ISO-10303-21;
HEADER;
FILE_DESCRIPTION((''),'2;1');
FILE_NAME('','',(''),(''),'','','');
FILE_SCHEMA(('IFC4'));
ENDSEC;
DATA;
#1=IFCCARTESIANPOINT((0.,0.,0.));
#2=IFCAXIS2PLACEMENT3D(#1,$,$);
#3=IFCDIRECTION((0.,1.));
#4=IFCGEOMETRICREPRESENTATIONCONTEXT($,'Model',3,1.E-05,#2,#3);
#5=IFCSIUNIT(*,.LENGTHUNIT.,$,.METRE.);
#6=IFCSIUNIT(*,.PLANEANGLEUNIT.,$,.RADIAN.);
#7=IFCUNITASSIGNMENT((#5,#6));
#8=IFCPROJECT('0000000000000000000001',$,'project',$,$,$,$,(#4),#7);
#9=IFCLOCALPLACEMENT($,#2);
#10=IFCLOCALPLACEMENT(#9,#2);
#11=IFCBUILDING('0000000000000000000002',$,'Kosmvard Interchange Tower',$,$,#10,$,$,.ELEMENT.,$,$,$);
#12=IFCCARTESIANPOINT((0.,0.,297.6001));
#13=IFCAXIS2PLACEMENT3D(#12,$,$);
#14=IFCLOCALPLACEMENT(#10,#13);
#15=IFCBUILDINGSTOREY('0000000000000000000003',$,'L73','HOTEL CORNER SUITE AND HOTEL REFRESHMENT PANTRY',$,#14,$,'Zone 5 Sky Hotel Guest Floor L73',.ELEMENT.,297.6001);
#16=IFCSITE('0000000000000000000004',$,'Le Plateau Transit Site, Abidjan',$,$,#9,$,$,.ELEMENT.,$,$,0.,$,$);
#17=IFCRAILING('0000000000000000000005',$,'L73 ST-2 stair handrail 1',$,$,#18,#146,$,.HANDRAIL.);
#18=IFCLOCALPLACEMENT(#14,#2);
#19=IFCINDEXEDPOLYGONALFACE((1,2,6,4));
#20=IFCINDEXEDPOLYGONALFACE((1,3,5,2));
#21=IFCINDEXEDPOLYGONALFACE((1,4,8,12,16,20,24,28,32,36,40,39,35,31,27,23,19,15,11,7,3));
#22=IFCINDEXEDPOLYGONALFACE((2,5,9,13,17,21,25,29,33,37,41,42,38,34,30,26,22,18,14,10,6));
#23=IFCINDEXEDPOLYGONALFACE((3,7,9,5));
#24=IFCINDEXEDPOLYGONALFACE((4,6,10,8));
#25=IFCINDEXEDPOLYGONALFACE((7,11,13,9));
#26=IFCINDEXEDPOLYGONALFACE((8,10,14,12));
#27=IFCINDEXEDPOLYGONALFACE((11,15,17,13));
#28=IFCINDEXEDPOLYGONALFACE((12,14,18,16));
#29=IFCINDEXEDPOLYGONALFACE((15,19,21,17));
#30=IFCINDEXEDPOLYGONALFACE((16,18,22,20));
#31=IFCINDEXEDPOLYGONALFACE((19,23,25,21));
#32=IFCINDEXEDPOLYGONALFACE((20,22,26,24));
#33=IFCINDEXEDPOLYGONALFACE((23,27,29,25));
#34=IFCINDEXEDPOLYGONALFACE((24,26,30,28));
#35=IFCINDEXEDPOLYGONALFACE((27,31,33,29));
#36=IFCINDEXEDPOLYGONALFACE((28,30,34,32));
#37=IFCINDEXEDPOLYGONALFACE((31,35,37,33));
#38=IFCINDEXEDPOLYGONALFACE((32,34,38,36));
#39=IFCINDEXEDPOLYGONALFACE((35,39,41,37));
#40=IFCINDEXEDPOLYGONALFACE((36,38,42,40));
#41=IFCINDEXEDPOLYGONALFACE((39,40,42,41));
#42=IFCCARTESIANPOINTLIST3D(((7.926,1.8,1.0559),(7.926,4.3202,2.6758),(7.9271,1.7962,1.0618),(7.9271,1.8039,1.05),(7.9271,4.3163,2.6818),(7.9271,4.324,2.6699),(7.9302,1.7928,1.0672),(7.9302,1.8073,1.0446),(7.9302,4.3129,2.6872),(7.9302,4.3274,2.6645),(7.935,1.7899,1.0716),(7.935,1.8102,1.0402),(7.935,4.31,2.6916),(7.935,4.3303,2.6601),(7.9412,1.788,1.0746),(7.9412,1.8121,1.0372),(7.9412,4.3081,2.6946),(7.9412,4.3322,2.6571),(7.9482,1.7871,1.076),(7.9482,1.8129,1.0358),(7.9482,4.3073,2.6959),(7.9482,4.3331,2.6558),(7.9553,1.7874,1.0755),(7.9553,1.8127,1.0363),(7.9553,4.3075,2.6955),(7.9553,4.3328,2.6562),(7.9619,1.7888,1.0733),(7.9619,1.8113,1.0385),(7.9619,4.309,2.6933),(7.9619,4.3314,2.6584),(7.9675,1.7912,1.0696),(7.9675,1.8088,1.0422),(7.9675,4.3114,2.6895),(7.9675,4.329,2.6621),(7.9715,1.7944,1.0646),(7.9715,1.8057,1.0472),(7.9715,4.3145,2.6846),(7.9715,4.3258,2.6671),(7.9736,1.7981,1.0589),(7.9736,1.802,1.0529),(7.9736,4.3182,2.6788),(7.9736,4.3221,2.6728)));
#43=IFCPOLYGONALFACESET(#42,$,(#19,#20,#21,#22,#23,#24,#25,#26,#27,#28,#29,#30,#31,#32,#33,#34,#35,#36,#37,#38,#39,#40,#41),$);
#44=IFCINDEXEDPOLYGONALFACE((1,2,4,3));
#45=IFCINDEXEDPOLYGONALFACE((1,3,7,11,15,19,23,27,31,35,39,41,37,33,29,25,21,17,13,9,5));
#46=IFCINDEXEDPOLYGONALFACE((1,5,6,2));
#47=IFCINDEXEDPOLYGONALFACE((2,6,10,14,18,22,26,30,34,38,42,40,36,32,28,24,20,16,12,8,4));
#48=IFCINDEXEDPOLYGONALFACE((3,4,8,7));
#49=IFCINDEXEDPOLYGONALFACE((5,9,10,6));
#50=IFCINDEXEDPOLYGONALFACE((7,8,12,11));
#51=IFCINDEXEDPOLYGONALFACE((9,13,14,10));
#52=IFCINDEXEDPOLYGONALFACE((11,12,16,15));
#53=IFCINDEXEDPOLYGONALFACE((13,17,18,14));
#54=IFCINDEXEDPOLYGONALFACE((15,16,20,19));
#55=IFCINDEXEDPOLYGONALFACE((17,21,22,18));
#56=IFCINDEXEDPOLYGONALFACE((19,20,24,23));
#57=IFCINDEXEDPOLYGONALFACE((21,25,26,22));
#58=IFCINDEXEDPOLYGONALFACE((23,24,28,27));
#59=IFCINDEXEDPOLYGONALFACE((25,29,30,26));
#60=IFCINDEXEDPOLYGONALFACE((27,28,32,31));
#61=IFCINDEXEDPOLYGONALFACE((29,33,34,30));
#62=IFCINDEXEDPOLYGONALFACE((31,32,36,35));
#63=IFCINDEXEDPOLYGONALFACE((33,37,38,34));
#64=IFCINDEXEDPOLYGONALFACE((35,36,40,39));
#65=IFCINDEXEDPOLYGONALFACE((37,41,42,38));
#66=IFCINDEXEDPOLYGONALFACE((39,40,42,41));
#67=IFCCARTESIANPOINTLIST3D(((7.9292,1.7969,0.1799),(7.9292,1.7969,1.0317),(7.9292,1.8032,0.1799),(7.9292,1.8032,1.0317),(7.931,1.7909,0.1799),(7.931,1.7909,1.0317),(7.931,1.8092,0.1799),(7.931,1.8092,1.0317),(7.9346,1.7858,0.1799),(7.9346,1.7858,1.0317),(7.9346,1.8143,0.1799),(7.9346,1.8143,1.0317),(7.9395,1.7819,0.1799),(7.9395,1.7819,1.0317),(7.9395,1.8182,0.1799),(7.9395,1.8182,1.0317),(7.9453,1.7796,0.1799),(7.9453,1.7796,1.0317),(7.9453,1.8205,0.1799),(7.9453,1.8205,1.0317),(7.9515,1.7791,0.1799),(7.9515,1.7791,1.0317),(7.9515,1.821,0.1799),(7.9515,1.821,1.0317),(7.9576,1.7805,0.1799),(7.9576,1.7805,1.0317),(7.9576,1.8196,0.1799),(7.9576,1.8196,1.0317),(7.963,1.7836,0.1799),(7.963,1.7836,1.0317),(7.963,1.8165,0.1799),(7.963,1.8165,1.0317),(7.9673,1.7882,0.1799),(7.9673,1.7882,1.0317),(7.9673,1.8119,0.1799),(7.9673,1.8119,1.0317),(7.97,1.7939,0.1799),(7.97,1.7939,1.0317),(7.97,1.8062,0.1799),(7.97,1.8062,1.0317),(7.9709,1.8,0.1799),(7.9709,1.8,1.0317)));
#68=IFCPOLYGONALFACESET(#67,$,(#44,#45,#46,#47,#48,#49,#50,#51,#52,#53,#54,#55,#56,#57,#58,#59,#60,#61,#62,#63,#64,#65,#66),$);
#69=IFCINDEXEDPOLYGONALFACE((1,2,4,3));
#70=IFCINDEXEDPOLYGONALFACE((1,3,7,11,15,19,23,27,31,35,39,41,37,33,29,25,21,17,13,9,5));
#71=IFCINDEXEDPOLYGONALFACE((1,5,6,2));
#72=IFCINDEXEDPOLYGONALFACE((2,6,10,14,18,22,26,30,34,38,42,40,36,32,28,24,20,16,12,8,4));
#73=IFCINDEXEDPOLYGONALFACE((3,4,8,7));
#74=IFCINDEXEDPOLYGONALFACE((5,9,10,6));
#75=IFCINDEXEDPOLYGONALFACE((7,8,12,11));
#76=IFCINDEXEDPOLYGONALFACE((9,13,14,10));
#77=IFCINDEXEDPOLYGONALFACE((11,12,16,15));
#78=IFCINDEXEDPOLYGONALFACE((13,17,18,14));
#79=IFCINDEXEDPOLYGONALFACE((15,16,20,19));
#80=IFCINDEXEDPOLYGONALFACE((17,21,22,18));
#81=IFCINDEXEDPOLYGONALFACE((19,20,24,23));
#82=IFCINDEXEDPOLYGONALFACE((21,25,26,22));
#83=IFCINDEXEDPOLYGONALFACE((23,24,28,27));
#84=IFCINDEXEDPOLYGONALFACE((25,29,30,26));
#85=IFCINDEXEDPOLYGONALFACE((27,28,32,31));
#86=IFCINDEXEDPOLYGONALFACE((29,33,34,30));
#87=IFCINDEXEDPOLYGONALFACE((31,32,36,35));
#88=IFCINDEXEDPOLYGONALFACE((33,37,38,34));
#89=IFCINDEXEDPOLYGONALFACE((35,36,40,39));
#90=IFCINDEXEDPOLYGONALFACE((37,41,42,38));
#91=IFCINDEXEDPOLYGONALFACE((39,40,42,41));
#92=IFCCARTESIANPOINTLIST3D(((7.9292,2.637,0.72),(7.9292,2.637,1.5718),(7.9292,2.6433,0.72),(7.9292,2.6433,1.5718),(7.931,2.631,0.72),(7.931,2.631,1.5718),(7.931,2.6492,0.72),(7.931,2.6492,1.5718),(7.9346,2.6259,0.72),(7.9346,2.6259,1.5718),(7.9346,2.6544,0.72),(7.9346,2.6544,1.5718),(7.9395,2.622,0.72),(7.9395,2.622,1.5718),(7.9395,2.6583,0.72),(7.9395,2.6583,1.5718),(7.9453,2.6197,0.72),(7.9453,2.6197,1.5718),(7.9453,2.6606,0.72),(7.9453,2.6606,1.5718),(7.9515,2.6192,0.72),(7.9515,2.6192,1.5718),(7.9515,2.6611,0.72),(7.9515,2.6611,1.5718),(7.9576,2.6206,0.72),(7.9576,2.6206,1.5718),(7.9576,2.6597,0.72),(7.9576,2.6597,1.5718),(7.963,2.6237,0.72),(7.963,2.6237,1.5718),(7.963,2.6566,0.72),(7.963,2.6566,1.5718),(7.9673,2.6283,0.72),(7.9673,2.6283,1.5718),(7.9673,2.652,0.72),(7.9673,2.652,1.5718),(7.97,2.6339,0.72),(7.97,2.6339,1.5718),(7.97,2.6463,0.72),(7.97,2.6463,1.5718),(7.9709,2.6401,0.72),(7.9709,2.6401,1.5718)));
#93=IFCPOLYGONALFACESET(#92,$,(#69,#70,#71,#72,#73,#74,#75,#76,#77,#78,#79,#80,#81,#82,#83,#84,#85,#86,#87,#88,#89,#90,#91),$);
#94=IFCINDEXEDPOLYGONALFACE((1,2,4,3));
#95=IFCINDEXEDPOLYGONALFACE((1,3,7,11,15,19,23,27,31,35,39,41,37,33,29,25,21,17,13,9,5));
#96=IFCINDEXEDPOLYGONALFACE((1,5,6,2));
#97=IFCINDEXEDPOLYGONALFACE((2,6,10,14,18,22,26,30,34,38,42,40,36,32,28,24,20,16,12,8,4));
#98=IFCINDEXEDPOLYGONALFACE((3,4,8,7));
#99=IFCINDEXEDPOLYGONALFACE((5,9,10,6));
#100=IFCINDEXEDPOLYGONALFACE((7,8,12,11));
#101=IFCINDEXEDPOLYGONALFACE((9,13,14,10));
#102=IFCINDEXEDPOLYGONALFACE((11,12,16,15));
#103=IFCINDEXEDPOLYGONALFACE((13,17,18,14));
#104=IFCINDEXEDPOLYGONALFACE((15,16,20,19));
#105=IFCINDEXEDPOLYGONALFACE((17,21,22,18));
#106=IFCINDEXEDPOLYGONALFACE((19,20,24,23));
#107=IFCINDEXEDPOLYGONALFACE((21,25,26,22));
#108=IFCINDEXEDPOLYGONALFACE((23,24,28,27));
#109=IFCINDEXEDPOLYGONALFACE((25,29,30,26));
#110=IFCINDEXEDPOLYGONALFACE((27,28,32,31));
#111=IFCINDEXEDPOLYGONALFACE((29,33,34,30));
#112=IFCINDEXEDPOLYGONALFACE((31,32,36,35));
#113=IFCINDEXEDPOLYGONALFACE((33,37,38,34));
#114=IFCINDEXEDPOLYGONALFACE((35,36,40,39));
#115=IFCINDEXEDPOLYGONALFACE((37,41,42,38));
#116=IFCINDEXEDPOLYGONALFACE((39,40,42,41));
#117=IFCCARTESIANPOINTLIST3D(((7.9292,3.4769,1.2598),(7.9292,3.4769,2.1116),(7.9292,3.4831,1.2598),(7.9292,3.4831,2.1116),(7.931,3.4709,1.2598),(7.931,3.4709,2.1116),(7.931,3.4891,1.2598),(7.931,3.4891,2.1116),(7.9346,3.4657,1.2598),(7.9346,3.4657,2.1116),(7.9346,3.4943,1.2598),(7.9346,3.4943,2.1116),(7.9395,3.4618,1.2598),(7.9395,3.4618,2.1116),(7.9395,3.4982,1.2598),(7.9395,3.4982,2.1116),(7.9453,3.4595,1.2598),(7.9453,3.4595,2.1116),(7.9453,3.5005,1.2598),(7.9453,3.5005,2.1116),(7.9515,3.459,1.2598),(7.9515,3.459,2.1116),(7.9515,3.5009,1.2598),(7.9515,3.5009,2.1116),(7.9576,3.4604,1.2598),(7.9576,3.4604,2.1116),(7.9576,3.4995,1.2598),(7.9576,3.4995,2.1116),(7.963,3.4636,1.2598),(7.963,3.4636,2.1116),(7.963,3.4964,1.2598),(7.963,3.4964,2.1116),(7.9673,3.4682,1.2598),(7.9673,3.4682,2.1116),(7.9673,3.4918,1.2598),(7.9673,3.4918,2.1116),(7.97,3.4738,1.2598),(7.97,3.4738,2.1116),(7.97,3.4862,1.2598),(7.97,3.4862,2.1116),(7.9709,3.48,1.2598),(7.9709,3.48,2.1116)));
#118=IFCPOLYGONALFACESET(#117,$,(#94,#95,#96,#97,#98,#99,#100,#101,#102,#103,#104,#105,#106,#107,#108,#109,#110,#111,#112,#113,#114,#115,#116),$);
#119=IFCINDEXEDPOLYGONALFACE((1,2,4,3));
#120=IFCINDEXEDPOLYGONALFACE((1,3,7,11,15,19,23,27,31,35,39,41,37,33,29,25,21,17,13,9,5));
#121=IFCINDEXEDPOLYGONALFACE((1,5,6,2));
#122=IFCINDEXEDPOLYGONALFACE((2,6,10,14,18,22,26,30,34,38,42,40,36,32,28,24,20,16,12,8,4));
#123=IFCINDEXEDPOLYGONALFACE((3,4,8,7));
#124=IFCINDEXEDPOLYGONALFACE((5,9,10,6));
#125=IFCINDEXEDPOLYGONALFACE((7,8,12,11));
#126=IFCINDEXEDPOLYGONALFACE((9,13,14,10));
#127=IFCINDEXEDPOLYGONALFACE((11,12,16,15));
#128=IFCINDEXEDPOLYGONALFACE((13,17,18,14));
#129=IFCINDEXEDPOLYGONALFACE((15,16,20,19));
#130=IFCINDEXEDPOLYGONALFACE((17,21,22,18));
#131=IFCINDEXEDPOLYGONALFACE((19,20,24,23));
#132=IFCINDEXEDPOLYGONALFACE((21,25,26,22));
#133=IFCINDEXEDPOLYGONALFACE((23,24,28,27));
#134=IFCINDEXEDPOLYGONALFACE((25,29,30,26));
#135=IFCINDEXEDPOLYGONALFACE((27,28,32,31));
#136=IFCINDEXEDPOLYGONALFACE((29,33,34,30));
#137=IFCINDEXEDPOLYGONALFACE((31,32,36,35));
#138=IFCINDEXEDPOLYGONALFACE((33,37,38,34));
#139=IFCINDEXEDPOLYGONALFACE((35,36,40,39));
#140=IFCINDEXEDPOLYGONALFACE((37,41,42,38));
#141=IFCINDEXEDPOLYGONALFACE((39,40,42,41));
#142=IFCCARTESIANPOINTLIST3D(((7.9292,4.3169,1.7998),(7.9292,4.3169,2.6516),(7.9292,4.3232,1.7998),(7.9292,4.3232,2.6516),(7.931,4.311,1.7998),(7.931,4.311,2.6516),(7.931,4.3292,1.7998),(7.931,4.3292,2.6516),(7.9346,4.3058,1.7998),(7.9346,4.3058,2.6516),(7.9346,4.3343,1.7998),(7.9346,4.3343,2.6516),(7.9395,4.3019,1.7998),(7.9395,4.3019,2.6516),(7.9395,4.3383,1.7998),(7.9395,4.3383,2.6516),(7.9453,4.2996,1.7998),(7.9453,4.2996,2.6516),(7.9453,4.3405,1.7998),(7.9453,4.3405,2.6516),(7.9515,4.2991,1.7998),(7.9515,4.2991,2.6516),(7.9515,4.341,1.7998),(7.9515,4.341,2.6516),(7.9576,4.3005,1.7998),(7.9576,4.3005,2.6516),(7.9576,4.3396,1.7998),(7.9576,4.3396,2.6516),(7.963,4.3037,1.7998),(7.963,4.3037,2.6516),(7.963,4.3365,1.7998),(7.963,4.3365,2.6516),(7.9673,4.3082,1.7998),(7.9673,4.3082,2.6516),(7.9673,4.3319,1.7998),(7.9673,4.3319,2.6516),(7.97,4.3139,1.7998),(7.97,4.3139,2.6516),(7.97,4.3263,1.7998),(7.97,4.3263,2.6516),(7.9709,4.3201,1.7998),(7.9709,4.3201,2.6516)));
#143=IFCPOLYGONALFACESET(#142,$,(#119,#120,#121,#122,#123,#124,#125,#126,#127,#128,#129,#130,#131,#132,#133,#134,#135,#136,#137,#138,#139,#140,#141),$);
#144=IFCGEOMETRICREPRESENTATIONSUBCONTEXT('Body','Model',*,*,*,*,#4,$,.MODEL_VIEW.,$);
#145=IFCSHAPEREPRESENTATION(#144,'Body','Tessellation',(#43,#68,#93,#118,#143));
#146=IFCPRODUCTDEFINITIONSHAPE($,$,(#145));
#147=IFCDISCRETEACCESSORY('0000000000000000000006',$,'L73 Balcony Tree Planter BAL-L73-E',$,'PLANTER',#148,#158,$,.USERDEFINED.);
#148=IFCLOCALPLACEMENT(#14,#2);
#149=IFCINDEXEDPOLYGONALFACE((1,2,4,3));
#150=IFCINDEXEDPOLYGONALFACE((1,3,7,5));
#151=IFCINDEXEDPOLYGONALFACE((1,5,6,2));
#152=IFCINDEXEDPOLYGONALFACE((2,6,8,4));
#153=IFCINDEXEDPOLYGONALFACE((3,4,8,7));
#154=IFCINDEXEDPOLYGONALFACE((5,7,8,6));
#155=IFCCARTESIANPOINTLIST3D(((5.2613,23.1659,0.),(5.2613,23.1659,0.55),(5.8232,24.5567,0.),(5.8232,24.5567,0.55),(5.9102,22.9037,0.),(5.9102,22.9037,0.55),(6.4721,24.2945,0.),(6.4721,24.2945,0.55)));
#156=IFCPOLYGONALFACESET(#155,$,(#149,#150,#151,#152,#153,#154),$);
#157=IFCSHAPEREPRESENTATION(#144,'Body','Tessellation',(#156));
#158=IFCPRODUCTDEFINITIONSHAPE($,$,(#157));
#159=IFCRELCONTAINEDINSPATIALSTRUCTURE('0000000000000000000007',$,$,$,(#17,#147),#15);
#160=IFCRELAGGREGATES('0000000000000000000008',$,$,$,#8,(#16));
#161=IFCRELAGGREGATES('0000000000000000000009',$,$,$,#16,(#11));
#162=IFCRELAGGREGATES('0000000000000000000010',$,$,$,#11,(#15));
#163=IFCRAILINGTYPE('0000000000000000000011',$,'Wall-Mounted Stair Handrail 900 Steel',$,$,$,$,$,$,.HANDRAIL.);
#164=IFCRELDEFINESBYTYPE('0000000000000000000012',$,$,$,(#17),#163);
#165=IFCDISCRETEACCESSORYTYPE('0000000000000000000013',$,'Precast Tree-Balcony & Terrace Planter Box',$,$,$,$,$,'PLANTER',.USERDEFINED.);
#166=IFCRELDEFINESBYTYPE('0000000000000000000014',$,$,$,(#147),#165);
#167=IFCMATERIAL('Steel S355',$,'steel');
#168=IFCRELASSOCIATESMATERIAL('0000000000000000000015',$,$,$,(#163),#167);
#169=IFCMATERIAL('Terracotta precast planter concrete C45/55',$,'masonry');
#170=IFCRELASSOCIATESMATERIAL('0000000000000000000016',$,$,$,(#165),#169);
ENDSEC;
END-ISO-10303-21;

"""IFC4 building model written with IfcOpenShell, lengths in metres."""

from ifc_helpers import new_model, si_unit, direction, frame, origin, origin_2d, place, context, subcontext, project, spatial, rectangle, circle, extrude, source, transform, mapped, material, type_object, element, save


model = new_model("IFC4")

# Units and contexts
model_context = context("Model", 3, precision=1e-05, world=origin(), true_north=direction((0.0, 1.0)))
body_context = subcontext(model_context, "Body", "Model", "MODEL_VIEW")
ifc_project = project(units=[si_unit("LENGTHUNIT", "METRE"), si_unit("PLANEANGLEUNIT", "RADIAN")], contexts=[model_context])

# Site, building, storey
site_placement = place(None, origin())
site = spatial("IfcSite", under=ifc_project, at=site_placement, Name="Le Plateau Transit Site, Abidjan", CompositionType="ELEMENT", RefElevation=0.0)
building_placement = place(site_placement, origin())
building = spatial("IfcBuilding", under=site, at=building_placement, Name="Kosmvard Interchange Tower", CompositionType="ELEMENT")
storey_placement = place(building_placement, frame((0.0, 0.0, 297.6001)))
storey = spatial("IfcBuildingStorey", under=building, at=storey_placement, Name="L73", Description="HOTEL CORNER SUITE AND HOTEL REFRESHMENT PANTRY", LongName="Zone 5 Sky Hotel Guest Floor L73", CompositionType="ELEMENT", Elevation=297.6001)

# Shared definitions
ifc_material_1 = material(Name="Steel S355", Category="steel")

# Railing
railing_type_1 = type_object("IfcRailingType", Name="Wall-Mounted Stair Handrail 900 Steel", PredefinedType="HANDRAIL", material=ifc_material_1)
shared_shape_1 = source(origin(), body_context, "Body", "SweptSolid", [
    extrude(circle(Radius=0.0239, at=origin_2d()), frame((0.0, 0.0, 0.876), z_axis=(0.0, 0.8412, 0.540725), x_axis=(-1.0, 0.0, 0.0)), (0.0, 0.0, 1.0), 2.9958),
    extrude(circle(Radius=0.021, at=origin_2d()), origin(), (0.0, 0.0, 1.0), 0.8518),
    extrude(circle(Radius=0.021, at=origin_2d()), frame((0.0, 0.8401, 0.54)), (0.0, 0.0, 1.0), 0.8518),
    extrude(circle(Radius=0.021, at=origin_2d()), frame((0.0, 1.6799, 1.0798)), (0.0, 0.0, 1.0), 0.8518),
    extrude(circle(Radius=0.021, at=origin_2d()), frame((0.0, 2.52, 1.6199)), (0.0, 0.0, 1.0), 0.8518),
])
railing_1_placement = place(storey_placement, frame((7.95, 1.8, 0.1799)))
element("IfcRailing", 1, at=railing_1_placement, inside=storey, type_object=railing_type_1, Name="L73 ST-2 stair handrail 1", PredefinedType="HANDRAIL", context=body_context, shape_type="MappedRepresentation", body=[
    mapped(shared_shape_1, transform((0.0, 0.0, 0.0), scale=1.0)),
])

# Discrete accessory
ifc_material_2 = material(Name="Terracotta precast planter concrete C45/55", Category="masonry")
discrete_accessory_type = type_object("IfcDiscreteAccessoryType", Name="Precast Tree-Balcony & Terrace Planter Box", ElementType="PLANTER", PredefinedType="USERDEFINED", material=ifc_material_2)
shared_shape_2 = source(origin(), body_context, "Body", "SweptSolid", [
    extrude(rectangle(XDim=1.5, YDim=0.7, at=origin_2d()), origin(), (0.0, 0.0, 1.0), 0.55),
])
discrete_accessory_placement = place(storey_placement, frame((5.8667, 23.7302, 0.0), z_axis=(0.0, 0.0, 1.0), x_axis=(0.374607, 0.927184, 0.0)))
element("IfcDiscreteAccessory", 2, at=discrete_accessory_placement, inside=storey, type_object=discrete_accessory_type, Name="L73 Balcony Tree Planter BAL-L73-E", ObjectType="PLANTER", PredefinedType="USERDEFINED", context=body_context, shape_type="MappedRepresentation", body=[
    mapped(shared_shape_2, transform((0.0, 0.0, 0.0), scale=1.0)),
])

save(model, "model.ifc")
